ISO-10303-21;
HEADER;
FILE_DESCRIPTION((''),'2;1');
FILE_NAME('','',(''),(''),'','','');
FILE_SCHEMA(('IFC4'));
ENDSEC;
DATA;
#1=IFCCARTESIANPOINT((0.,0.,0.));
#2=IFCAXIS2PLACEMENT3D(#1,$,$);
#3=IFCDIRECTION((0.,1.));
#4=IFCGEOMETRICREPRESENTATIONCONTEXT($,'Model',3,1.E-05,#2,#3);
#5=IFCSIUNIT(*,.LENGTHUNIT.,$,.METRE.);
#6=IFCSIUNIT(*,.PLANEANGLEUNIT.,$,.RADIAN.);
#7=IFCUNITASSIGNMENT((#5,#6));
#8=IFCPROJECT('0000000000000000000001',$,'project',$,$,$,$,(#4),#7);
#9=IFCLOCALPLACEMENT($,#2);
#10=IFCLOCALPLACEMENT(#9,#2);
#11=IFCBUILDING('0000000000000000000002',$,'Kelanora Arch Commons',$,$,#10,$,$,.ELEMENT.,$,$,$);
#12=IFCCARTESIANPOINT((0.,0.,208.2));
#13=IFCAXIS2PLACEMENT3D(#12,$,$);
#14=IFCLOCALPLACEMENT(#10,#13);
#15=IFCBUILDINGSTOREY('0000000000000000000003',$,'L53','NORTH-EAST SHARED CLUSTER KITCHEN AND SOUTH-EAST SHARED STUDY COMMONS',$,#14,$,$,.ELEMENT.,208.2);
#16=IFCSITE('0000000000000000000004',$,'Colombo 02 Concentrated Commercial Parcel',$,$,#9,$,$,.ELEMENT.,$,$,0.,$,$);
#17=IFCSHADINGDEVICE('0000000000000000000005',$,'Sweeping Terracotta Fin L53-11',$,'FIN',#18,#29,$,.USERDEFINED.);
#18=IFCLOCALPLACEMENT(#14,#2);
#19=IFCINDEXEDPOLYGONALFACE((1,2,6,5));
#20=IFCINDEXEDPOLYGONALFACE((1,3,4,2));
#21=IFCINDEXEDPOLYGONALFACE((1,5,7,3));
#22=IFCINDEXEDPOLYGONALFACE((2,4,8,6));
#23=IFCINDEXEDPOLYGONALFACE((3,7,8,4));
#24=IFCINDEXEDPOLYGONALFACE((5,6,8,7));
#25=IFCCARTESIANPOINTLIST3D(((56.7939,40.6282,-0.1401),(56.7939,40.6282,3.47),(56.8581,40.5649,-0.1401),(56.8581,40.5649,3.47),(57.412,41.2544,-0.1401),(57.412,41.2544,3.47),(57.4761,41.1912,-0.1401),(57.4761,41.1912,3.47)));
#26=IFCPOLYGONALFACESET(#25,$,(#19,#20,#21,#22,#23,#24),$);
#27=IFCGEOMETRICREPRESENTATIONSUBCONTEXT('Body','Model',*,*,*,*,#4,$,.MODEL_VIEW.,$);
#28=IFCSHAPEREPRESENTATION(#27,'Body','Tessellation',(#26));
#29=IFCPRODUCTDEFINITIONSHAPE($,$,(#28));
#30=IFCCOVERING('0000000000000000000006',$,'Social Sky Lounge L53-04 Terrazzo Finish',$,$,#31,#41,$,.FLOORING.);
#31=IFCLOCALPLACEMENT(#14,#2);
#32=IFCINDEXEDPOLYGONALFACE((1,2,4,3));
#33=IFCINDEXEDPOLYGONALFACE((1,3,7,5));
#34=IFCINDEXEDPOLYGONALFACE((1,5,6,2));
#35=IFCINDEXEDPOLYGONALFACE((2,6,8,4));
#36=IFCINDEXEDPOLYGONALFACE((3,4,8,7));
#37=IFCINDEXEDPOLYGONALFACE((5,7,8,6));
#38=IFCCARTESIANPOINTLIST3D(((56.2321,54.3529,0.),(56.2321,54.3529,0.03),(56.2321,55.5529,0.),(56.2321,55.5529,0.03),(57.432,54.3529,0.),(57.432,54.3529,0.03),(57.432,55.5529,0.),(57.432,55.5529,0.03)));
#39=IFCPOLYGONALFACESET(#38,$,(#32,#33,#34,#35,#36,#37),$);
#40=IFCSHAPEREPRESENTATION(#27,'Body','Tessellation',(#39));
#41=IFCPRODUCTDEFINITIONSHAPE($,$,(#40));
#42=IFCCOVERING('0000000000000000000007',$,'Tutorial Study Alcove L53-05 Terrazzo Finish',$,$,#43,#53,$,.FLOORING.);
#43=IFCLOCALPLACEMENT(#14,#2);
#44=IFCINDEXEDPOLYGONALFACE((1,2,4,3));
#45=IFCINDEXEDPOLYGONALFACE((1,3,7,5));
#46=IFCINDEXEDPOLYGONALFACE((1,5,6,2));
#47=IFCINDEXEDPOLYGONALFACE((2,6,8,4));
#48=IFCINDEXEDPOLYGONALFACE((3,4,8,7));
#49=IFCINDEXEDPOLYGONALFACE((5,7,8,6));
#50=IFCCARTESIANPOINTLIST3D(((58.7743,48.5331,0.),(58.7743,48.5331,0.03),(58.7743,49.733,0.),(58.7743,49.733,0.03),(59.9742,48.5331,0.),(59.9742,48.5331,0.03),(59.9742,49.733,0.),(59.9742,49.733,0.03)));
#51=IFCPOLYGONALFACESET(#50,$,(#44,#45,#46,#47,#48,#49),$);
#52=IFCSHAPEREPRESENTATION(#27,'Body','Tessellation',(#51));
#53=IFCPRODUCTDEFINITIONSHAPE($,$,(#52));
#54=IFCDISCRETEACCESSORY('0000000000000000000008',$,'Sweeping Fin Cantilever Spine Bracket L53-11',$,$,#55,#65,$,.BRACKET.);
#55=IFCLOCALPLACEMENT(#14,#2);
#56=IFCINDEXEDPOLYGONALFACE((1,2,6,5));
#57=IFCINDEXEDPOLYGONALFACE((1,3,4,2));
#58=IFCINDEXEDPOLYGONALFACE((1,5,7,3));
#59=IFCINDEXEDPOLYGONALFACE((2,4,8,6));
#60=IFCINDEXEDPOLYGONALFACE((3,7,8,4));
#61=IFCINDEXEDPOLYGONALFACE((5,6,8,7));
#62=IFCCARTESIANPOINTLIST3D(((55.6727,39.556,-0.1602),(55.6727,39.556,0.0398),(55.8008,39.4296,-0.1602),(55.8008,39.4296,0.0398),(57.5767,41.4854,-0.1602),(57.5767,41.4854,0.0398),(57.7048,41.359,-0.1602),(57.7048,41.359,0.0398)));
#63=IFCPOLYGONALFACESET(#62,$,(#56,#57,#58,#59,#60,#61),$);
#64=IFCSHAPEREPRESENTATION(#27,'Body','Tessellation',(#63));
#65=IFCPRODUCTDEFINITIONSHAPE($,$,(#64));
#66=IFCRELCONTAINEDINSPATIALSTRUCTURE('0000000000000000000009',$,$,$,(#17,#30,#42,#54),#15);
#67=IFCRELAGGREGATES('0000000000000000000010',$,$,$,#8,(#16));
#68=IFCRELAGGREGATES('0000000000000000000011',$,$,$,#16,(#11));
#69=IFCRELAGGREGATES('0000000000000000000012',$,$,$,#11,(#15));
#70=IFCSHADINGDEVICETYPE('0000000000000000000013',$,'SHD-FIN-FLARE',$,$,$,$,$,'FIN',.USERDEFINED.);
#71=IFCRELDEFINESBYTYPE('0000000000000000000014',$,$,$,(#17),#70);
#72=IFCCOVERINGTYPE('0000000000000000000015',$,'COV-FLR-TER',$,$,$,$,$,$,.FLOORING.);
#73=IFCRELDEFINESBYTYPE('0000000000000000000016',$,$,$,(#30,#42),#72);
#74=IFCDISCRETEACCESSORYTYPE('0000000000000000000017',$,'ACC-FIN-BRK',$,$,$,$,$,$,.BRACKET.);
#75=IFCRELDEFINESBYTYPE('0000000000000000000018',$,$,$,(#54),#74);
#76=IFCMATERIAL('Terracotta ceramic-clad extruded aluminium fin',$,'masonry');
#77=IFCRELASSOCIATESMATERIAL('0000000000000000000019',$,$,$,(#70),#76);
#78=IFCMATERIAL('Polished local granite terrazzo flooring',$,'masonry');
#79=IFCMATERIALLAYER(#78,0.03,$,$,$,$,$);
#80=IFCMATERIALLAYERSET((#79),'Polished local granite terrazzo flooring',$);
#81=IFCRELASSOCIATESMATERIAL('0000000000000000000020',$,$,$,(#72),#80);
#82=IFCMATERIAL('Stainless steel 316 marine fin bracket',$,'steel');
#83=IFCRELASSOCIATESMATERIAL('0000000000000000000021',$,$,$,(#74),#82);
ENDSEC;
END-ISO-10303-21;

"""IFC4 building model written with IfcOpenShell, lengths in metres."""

from ifc_helpers import new_model, si_unit, direction, frame, origin, origin_2d, place, context, subcontext, project, spatial, rectangle, extrude, source, transform, mapped, material, layer, layer_set, type_object, element, save


model = new_model("IFC4")

# Units and contexts
model_context = context("Model", 3, precision=1e-05, world=origin(), true_north=direction((0.0, 1.0)))
body_context = subcontext(model_context, "Body", "Model", "MODEL_VIEW")
ifc_project = project(units=[si_unit("LENGTHUNIT", "METRE"), si_unit("PLANEANGLEUNIT", "RADIAN")], contexts=[model_context])

# Site, building, storey
site_placement = place(None, origin())
site = spatial("IfcSite", under=ifc_project, at=site_placement, Name="Colombo 02 Concentrated Commercial Parcel", CompositionType="ELEMENT", RefElevation=0.0)
building_placement = place(site_placement, origin())
building = spatial("IfcBuilding", under=site, at=building_placement, Name="Kelanora Arch Commons", CompositionType="ELEMENT")
storey_placement = place(building_placement, frame((0.0, 0.0, 208.2)))
storey = spatial("IfcBuildingStorey", under=building, at=storey_placement, Name="L53", Description="NORTH-EAST SHARED CLUSTER KITCHEN AND SOUTH-EAST SHARED STUDY COMMONS", CompositionType="ELEMENT", Elevation=208.2)

# Shading device
ifc_material_1 = material(Name="Terracotta ceramic-clad extruded aluminium fin", Category="masonry")
shading_device_type = type_object("IfcShadingDeviceType", Name="SHD-FIN-FLARE", ElementType="FIN", PredefinedType="USERDEFINED", material=ifc_material_1)
shared_shape_1 = source(origin(), body_context, "Body", "SweptSolid", [
    extrude(rectangle(XDim=0.8799, YDim=0.0901, at=origin_2d()), origin(), (0.0, 0.0, 1.0), 3.6101),
])
shading_device_placement = place(storey_placement, frame((57.135, 40.9097, -0.1401), z_axis=(0.0, 0.0, 1.0), x_axis=(-0.702402, -0.711781, 0.0)))
element("IfcShadingDevice", 1, at=shading_device_placement, inside=storey, type_object=shading_device_type, Name="Sweeping Terracotta Fin L53-11", ObjectType="FIN", PredefinedType="USERDEFINED", context=body_context, shape_type="MappedRepresentation", body=[
    mapped(shared_shape_1, transform((0.0, 0.0, 0.0), scale=1.0)),
])

# Coverings
ifc_material_2 = material(Name="Polished local granite terrazzo flooring", Category="masonry")
ifc_layer_1 = layer(ifc_material_2, 0.03)
ifc_layer_set_1 = layer_set([ifc_layer_1], Name="Polished local granite terrazzo flooring")
covering_type = type_object("IfcCoveringType", Name="COV-FLR-TER", PredefinedType="FLOORING", material=ifc_layer_set_1)
shared_shape_2 = source(origin(), body_context, "Body", "SweptSolid", [
    extrude(rectangle(XDim=1.2, YDim=1.2, at=origin_2d()), origin(), (0.0, 0.0, 1.0), 0.03),
])
for number, where, z_axis, x_axis, name in (
    (2, (56.832, 54.9529, 0.0), (0.0, 0.0, 1.0), (1.0, 0.0, 0.0), "Social Sky Lounge L53-04 Terrazzo Finish"),
    (3, (59.3743, 49.1331, 0.0), (0.0, 0.0, 1.0), (1.0, 0.0, 0.0), "Tutorial Study Alcove L53-05 Terrazzo Finish"),
):
    element("IfcCovering", number, at=place(storey_placement, frame(where, z_axis=z_axis, x_axis=x_axis)), inside=storey, type_object=covering_type, Name=name, PredefinedType="FLOORING", context=body_context, shape_type="MappedRepresentation", body=[
        mapped(shared_shape_2, transform((0.0, 0.0, 0.0), scale=1.0)),
    ])

# Discrete accessory
ifc_material_3 = material(Name="Stainless steel 316 marine fin bracket", Category="steel")
discrete_accessory_type = type_object("IfcDiscreteAccessoryType", Name="ACC-FIN-BRK", PredefinedType="BRACKET", material=ifc_material_3)
shared_shape_3 = source(origin(), body_context, "Body", "SweptSolid", [
    extrude(rectangle(XDim=2.7107, YDim=0.1799, at=origin_2d()), origin(), (0.0, 0.0, 1.0), 0.2),
])
discrete_accessory_placement = place(storey_placement, frame((56.6887, 40.4575, -0.1602), z_axis=(0.0, 0.0, 1.0), x_axis=(-0.702402, -0.711781, 0.0)))
element("IfcDiscreteAccessory", 4, at=discrete_accessory_placement, inside=storey, type_object=discrete_accessory_type, Name="Sweeping Fin Cantilever Spine Bracket L53-11", PredefinedType="BRACKET", context=body_context, shape_type="MappedRepresentation", body=[
    mapped(shared_shape_3, transform((0.0, 0.0, 0.0), scale=1.0)),
])

save(model, "model.ifc")
